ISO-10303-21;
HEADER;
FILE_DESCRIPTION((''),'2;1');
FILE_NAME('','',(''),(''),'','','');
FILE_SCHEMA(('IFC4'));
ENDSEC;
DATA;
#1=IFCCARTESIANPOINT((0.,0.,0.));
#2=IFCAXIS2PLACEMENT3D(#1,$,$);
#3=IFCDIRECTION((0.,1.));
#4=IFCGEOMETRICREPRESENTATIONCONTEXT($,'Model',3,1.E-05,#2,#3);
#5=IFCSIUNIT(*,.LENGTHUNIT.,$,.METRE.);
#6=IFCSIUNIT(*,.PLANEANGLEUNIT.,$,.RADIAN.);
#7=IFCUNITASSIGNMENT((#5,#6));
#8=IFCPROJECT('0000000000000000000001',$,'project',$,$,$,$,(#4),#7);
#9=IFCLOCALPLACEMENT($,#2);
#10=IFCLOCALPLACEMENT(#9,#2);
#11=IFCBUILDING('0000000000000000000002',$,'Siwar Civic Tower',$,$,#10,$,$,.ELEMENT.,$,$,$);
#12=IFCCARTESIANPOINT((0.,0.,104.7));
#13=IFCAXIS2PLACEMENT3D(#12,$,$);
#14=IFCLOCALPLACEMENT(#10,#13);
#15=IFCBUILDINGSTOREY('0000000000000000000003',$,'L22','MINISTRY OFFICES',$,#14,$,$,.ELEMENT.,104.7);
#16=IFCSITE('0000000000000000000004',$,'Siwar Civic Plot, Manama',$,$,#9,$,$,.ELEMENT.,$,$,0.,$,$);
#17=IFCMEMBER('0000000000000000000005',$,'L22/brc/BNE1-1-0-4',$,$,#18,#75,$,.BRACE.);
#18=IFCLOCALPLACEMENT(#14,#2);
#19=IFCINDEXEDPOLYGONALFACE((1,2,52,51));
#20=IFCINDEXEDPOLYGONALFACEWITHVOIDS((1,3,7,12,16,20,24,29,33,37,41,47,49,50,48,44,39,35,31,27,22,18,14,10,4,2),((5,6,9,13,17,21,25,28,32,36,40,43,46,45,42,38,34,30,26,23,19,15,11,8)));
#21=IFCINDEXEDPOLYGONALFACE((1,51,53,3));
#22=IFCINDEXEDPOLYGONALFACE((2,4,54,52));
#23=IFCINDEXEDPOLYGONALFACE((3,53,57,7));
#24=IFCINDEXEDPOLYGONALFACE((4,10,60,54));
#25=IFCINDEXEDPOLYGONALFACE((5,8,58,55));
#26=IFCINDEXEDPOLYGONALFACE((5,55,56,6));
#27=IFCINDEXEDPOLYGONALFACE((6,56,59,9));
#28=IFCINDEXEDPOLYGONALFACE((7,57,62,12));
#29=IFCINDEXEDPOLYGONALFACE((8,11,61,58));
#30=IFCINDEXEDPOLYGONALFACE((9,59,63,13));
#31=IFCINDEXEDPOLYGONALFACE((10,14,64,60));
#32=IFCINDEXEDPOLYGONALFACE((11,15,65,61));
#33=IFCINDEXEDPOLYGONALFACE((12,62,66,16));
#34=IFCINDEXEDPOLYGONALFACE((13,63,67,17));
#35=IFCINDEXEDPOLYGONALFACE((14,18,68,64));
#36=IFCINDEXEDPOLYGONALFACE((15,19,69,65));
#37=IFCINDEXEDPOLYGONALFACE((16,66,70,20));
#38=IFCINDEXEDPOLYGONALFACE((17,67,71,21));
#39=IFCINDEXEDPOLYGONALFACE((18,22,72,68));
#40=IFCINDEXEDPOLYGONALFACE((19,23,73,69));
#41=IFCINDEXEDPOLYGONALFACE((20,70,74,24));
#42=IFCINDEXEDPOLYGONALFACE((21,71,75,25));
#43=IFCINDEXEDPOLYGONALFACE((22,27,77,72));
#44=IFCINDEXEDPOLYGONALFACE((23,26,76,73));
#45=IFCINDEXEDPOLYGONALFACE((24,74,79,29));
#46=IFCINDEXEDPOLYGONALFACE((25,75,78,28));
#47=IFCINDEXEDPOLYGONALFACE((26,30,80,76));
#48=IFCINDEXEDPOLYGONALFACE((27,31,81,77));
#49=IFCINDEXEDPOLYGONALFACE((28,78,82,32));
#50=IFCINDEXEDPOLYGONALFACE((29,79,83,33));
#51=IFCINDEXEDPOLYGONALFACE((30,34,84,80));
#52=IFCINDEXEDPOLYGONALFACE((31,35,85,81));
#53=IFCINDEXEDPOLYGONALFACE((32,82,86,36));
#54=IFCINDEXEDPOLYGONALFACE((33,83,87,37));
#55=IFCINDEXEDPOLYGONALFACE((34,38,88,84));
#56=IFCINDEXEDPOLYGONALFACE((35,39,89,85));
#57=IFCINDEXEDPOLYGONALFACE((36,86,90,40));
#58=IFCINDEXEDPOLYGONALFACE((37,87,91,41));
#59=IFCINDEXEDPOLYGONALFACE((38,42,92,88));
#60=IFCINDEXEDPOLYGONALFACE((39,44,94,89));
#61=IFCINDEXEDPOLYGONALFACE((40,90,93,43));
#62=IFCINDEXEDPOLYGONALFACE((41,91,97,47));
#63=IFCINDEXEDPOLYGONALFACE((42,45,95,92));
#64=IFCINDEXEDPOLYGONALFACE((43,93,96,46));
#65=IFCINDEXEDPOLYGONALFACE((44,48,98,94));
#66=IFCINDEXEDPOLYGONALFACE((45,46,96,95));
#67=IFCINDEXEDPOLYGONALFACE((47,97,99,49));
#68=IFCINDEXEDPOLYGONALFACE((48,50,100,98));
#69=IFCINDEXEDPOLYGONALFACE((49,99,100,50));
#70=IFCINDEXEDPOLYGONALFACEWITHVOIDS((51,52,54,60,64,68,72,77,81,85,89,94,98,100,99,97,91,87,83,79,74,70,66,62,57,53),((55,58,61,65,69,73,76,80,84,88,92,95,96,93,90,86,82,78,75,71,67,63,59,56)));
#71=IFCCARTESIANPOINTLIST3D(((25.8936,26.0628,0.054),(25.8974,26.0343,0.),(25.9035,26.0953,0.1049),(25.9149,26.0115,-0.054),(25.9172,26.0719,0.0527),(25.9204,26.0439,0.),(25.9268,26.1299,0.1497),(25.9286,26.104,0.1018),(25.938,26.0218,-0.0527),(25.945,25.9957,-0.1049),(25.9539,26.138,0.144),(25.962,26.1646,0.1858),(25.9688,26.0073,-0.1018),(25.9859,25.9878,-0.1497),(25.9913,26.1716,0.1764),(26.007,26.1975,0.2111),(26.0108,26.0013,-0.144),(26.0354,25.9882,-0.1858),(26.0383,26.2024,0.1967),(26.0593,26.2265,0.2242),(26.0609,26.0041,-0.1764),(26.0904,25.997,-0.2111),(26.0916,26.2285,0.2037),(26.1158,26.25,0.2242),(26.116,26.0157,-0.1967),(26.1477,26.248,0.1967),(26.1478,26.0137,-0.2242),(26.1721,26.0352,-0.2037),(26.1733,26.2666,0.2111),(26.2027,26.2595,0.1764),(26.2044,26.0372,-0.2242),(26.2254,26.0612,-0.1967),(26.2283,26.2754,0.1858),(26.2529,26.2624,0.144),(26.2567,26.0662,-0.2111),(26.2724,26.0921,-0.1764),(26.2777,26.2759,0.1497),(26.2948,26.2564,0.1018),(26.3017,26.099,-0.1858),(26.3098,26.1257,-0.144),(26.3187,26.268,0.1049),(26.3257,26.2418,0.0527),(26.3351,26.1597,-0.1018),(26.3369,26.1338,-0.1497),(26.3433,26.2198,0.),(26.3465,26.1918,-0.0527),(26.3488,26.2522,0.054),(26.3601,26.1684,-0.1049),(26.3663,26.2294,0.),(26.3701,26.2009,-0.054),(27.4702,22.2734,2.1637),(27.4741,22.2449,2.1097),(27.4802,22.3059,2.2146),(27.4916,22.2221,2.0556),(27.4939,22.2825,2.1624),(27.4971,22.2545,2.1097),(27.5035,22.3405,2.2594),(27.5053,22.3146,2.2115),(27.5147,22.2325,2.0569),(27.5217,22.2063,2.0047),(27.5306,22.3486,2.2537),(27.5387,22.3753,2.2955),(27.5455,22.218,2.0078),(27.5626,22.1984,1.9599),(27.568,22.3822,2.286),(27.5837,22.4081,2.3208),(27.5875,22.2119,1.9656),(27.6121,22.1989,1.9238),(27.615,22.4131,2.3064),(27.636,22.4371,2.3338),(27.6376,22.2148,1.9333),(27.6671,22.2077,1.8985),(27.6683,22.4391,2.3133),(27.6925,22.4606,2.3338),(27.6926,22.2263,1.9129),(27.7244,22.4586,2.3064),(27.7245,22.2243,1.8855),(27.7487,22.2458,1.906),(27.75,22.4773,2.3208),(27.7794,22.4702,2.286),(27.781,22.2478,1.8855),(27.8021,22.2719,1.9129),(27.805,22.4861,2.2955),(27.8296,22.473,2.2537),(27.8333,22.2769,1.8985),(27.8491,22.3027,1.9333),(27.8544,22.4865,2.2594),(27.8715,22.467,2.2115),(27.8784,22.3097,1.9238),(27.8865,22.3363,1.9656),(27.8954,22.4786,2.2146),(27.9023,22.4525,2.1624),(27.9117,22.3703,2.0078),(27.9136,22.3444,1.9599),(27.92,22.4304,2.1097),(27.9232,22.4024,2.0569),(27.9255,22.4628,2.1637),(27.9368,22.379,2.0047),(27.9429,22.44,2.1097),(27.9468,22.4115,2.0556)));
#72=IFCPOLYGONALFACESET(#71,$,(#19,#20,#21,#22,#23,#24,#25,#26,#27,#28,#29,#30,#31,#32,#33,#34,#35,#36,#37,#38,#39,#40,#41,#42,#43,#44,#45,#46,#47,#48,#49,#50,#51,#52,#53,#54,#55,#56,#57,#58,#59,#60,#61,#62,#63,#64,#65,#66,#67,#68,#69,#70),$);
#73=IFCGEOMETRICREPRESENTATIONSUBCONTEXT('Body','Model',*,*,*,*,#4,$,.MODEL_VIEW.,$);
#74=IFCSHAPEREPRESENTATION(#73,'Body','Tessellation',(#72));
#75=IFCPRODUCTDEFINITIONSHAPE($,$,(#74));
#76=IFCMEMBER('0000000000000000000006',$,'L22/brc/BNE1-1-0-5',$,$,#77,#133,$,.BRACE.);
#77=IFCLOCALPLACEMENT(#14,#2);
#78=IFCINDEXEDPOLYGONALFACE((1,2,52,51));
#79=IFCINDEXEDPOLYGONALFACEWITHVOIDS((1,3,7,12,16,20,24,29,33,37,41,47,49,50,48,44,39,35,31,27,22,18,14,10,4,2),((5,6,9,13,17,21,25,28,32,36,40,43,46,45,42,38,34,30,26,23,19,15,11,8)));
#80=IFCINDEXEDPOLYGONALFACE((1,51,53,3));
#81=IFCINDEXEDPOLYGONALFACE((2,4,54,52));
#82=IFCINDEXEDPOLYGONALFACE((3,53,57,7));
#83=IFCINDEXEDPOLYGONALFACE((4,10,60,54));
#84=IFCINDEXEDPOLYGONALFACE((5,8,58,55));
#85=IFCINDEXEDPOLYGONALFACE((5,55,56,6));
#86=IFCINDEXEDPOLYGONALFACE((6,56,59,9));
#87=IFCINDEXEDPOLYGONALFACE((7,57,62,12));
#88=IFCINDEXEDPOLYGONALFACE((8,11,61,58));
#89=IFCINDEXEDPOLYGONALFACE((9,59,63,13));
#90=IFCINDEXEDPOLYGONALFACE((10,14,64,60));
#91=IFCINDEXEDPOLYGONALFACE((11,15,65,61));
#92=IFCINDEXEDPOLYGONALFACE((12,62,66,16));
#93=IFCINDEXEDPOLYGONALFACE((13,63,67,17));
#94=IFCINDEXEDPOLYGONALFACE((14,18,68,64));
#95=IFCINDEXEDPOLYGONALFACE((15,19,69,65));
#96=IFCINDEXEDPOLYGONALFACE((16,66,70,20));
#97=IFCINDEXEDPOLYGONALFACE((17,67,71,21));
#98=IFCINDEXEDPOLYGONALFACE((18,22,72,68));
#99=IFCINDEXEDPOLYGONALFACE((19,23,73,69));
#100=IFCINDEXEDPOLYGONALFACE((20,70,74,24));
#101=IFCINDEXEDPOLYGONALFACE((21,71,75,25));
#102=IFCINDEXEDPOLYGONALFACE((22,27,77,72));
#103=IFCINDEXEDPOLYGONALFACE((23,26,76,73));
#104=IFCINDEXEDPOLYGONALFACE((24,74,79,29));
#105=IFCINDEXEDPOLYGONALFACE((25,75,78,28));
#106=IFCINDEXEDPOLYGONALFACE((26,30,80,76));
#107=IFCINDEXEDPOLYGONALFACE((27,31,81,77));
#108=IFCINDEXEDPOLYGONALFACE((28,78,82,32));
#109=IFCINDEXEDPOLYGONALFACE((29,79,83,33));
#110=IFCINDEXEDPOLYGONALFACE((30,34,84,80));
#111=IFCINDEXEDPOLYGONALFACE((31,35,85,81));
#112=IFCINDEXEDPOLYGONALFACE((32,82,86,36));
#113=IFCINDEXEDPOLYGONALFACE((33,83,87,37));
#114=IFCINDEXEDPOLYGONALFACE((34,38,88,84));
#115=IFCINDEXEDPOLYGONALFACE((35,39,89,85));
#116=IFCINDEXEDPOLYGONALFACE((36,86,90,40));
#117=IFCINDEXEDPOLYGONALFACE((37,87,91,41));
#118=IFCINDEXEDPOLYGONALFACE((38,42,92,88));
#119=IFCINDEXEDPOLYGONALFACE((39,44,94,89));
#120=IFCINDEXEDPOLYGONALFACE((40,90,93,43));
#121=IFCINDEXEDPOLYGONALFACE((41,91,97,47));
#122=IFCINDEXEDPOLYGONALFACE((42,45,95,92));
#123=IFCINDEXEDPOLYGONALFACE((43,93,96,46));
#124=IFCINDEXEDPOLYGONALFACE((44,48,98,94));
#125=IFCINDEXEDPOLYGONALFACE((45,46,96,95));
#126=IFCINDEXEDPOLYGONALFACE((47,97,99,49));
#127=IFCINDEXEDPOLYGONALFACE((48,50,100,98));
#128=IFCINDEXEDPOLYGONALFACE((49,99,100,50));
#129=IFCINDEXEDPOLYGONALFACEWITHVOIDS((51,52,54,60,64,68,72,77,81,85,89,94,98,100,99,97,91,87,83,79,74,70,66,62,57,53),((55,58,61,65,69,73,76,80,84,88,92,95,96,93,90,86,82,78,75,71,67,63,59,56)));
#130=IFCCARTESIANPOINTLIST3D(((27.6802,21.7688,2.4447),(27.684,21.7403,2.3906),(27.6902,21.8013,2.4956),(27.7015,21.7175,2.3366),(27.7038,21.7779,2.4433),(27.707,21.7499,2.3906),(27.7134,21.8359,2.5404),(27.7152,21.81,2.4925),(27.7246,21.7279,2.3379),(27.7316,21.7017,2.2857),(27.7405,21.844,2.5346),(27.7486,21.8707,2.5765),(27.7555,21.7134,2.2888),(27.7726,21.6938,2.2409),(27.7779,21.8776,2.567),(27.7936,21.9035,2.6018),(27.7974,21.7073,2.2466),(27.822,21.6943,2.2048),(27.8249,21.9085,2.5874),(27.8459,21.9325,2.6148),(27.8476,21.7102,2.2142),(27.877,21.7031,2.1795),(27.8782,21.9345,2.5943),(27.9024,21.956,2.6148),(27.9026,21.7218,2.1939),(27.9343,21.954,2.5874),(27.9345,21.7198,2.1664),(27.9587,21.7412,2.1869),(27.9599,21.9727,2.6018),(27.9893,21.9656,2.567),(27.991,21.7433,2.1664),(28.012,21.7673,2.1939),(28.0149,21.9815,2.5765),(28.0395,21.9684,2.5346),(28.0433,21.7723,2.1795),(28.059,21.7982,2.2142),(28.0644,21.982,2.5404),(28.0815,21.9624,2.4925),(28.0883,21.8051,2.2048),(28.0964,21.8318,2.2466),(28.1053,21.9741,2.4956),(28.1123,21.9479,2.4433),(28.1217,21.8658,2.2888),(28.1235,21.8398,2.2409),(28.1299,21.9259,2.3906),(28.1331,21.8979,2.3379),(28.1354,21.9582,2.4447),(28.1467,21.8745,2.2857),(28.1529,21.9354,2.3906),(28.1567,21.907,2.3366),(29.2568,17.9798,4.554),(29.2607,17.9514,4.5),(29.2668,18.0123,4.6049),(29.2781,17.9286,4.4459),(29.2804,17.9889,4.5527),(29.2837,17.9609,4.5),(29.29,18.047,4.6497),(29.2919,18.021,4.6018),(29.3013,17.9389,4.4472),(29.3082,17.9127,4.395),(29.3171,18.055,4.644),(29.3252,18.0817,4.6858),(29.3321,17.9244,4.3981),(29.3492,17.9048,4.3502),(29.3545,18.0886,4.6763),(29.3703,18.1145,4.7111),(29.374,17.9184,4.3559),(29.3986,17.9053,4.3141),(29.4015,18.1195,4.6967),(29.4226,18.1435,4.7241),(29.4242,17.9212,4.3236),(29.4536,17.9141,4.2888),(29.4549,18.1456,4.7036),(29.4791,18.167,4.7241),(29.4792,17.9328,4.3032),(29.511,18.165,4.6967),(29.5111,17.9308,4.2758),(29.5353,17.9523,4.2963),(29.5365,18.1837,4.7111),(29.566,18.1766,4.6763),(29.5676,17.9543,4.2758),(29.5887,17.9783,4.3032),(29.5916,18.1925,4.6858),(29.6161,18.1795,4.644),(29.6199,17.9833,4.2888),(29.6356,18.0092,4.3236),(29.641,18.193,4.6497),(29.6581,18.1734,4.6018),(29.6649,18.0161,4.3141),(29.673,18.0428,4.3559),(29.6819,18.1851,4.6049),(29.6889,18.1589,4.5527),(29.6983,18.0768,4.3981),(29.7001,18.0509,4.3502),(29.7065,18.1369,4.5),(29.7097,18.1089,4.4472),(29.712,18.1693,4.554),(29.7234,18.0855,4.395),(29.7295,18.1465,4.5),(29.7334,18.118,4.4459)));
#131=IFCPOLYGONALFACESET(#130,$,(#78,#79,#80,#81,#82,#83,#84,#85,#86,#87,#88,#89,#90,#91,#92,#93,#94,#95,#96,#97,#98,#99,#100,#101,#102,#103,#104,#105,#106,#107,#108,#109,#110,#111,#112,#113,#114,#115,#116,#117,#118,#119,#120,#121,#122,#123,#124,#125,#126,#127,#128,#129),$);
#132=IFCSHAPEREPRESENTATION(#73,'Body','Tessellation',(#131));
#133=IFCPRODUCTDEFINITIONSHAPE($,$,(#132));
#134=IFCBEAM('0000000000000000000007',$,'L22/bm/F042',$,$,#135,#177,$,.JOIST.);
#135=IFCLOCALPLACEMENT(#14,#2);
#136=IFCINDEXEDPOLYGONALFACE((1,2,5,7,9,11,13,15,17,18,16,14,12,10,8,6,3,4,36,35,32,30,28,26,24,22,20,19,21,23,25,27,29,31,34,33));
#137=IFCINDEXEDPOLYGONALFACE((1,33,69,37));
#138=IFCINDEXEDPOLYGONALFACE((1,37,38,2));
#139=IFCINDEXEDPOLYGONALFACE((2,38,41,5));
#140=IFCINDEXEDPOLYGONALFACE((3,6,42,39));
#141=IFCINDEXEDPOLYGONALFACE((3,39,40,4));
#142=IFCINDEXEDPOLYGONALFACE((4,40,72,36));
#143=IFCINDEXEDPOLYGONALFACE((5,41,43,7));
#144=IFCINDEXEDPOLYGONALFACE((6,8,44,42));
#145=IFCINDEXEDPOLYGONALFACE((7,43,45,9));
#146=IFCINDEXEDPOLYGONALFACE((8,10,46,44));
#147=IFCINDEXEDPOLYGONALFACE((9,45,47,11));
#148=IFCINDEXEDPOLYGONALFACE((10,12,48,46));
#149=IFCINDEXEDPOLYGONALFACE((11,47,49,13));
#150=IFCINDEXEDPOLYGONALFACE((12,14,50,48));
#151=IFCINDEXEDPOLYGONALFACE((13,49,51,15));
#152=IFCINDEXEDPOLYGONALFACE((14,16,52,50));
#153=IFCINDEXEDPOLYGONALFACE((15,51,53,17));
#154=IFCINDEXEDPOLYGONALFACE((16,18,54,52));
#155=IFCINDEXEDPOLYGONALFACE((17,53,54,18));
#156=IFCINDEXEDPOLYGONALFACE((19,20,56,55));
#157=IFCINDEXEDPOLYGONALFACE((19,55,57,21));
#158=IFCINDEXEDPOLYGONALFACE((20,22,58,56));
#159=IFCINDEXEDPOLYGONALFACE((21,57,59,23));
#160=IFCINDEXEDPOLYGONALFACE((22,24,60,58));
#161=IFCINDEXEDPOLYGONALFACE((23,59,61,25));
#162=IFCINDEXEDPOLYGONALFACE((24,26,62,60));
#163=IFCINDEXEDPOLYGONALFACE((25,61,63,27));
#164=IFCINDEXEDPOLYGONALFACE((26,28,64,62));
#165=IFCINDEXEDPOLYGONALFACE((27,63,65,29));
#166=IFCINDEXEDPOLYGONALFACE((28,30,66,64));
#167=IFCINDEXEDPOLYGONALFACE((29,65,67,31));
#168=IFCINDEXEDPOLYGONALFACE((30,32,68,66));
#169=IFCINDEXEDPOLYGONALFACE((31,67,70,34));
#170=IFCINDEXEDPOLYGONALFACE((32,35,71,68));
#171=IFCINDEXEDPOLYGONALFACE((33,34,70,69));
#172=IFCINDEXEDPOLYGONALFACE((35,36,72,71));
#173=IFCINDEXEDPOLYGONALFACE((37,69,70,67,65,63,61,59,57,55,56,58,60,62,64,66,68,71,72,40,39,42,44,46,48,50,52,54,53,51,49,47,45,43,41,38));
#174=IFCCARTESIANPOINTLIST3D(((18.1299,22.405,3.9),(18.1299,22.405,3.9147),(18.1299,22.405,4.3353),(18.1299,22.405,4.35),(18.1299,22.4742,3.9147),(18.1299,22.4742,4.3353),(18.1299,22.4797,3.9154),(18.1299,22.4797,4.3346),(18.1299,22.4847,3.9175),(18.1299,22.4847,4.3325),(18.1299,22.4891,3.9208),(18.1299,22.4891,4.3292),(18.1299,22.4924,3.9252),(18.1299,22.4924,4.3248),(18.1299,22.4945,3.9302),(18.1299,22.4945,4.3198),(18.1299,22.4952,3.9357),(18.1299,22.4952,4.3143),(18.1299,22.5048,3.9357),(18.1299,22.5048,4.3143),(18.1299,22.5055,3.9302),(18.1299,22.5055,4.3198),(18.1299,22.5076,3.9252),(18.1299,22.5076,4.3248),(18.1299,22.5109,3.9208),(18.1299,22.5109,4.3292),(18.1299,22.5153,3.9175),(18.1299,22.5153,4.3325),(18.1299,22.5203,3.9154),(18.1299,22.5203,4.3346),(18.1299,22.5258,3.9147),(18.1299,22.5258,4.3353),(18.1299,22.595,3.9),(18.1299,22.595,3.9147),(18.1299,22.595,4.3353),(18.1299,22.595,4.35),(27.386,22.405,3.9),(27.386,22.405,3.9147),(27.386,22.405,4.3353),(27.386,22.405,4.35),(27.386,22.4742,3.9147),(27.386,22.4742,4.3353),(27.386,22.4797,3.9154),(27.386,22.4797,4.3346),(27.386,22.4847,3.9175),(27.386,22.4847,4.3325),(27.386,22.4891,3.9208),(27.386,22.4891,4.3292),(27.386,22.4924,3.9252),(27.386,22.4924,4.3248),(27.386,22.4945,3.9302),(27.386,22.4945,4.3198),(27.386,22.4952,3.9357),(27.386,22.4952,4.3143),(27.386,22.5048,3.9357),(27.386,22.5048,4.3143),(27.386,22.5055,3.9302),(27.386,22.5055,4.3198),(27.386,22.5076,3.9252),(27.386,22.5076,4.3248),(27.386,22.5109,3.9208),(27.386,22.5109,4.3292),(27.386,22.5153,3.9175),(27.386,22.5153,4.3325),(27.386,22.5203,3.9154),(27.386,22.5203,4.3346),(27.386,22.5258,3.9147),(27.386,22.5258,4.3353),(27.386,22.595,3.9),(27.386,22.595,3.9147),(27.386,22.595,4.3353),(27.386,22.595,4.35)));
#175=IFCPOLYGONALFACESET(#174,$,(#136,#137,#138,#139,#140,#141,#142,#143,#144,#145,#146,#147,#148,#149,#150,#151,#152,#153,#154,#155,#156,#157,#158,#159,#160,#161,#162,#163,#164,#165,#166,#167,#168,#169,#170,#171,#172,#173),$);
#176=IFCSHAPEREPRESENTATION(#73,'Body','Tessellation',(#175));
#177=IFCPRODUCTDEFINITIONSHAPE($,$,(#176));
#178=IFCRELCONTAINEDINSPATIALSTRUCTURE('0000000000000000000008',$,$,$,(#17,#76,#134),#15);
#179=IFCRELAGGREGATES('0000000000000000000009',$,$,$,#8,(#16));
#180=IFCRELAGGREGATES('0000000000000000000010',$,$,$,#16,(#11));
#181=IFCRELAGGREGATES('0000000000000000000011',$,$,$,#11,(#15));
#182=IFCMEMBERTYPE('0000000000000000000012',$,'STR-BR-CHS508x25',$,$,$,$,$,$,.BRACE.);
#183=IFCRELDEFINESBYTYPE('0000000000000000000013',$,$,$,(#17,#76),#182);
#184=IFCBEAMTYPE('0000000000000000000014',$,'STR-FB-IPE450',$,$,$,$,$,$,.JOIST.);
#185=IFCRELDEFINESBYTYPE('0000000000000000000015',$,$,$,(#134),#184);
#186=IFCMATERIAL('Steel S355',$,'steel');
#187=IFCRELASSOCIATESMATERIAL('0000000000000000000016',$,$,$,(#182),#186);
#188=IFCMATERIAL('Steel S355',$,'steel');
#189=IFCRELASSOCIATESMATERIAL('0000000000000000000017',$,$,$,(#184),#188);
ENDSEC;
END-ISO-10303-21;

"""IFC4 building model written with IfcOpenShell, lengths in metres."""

from ifc_helpers import new_model, si_unit, direction, frame, origin, origin_2d, place, context, subcontext, project, spatial, hollow_circle, i_section, extrude, material, material_profile, profile_set, type_object, element, save


model = new_model("IFC4")

# Units and contexts
model_context = context("Model", 3, precision=1e-05, world=origin(), true_north=direction((0.0, 1.0)))
body_context = subcontext(model_context, "Body", "Model", "MODEL_VIEW")
ifc_project = project(units=[si_unit("LENGTHUNIT", "METRE"), si_unit("PLANEANGLEUNIT", "RADIAN")], contexts=[model_context])

# Site, building, storey
site_placement = place(None, origin())
site = spatial("IfcSite", under=ifc_project, at=site_placement, Name="Siwar Civic Plot, Manama", CompositionType="ELEMENT", RefElevation=0.0)
building_placement = place(site_placement, origin())
building = spatial("IfcBuilding", under=site, at=building_placement, Name="Siwar Civic Tower", CompositionType="ELEMENT")
storey_placement = place(building_placement, frame((0.0, 0.0, 104.7)))
storey = spatial("IfcBuildingStorey", under=building, at=storey_placement, Name="L22", Description="MINISTRY OFFICES", CompositionType="ELEMENT", Elevation=104.7)

# Members
ifc_material_1 = material(Name="Steel S355", Category="steel")
ifc_material_profile_1 = material_profile(ifc_material_1, hollow_circle(Radius=0.2539, WallThickness=0.0249, at=origin_2d()), Name="CHS508x25")
ifc_profile_set_1 = profile_set([ifc_material_profile_1], Name="Steel S355")
member_type_1 = type_object("IfcMemberType", Name="STR-BR-CHS508x25", PredefinedType="BRACE", material=ifc_profile_set_1)
member_1_placement = place(storey_placement, frame((26.1318, 26.1318, 0.0), z_axis=(0.341662, -0.821143, 0.457155), x_axis=(0.923269, 0.384155, 0.0)))
element("IfcMember", 1, at=member_1_placement, inside=storey, type_object=member_type_1, Name="L22/brc/BNE1-1-0-4", PredefinedType="BRACE", context=body_context, shape_type="SweptSolid", body=[
    extrude(hollow_circle(Radius=0.2539, WallThickness=0.0249, at=origin_2d()), origin(), (0.0, 0.0, 1.0), 4.6147),
])
member_2_placement = place(storey_placement, frame((27.9185, 21.8379, 2.3906), z_axis=(0.341686, -0.821146, 0.457133), x_axis=(0.92326, 0.384176, 0.0)))
element("IfcMember", 2, at=member_2_placement, inside=storey, type_object=member_type_1, Name="L22/brc/BNE1-1-0-5", PredefinedType="BRACE", context=body_context, shape_type="SweptSolid", body=[
    extrude(hollow_circle(Radius=0.2539, WallThickness=0.0249, at=origin_2d()), origin(), (0.0, 0.0, 1.0), 4.6143),
])

# Beam
ifc_material_2 = material(Name="Steel S355", Category="steel")
ifc_material_profile_2 = material_profile(ifc_material_2, i_section(OverallWidth=0.1899, OverallDepth=0.45, WebThickness=0.0095, FlangeThickness=0.0146, FilletRadius=0.021, at=origin_2d()), Name="IPE450")
ifc_profile_set_2 = profile_set([ifc_material_profile_2], Name="Steel S355")
beam_type_1 = type_object("IfcBeamType", Name="STR-FB-IPE450", PredefinedType="JOIST", material=ifc_profile_set_2)
beam_1_placement = place(storey_placement, frame((18.1299, 22.5, 4.125), z_axis=(1.0, 0.0, 0.0), x_axis=(0.0, 1.0, 0.0)))
element("IfcBeam", 3, at=beam_1_placement, inside=storey, type_object=beam_type_1, Name="L22/bm/F042", PredefinedType="JOIST", context=body_context, shape_type="SweptSolid", body=[
    extrude(i_section(OverallWidth=0.1899, OverallDepth=0.45, WebThickness=0.0095, FlangeThickness=0.0146, FilletRadius=0.021, at=origin_2d()), origin(), (0.0, 0.0, 1.0), 9.2561),
])

save(model, "model.ifc")
